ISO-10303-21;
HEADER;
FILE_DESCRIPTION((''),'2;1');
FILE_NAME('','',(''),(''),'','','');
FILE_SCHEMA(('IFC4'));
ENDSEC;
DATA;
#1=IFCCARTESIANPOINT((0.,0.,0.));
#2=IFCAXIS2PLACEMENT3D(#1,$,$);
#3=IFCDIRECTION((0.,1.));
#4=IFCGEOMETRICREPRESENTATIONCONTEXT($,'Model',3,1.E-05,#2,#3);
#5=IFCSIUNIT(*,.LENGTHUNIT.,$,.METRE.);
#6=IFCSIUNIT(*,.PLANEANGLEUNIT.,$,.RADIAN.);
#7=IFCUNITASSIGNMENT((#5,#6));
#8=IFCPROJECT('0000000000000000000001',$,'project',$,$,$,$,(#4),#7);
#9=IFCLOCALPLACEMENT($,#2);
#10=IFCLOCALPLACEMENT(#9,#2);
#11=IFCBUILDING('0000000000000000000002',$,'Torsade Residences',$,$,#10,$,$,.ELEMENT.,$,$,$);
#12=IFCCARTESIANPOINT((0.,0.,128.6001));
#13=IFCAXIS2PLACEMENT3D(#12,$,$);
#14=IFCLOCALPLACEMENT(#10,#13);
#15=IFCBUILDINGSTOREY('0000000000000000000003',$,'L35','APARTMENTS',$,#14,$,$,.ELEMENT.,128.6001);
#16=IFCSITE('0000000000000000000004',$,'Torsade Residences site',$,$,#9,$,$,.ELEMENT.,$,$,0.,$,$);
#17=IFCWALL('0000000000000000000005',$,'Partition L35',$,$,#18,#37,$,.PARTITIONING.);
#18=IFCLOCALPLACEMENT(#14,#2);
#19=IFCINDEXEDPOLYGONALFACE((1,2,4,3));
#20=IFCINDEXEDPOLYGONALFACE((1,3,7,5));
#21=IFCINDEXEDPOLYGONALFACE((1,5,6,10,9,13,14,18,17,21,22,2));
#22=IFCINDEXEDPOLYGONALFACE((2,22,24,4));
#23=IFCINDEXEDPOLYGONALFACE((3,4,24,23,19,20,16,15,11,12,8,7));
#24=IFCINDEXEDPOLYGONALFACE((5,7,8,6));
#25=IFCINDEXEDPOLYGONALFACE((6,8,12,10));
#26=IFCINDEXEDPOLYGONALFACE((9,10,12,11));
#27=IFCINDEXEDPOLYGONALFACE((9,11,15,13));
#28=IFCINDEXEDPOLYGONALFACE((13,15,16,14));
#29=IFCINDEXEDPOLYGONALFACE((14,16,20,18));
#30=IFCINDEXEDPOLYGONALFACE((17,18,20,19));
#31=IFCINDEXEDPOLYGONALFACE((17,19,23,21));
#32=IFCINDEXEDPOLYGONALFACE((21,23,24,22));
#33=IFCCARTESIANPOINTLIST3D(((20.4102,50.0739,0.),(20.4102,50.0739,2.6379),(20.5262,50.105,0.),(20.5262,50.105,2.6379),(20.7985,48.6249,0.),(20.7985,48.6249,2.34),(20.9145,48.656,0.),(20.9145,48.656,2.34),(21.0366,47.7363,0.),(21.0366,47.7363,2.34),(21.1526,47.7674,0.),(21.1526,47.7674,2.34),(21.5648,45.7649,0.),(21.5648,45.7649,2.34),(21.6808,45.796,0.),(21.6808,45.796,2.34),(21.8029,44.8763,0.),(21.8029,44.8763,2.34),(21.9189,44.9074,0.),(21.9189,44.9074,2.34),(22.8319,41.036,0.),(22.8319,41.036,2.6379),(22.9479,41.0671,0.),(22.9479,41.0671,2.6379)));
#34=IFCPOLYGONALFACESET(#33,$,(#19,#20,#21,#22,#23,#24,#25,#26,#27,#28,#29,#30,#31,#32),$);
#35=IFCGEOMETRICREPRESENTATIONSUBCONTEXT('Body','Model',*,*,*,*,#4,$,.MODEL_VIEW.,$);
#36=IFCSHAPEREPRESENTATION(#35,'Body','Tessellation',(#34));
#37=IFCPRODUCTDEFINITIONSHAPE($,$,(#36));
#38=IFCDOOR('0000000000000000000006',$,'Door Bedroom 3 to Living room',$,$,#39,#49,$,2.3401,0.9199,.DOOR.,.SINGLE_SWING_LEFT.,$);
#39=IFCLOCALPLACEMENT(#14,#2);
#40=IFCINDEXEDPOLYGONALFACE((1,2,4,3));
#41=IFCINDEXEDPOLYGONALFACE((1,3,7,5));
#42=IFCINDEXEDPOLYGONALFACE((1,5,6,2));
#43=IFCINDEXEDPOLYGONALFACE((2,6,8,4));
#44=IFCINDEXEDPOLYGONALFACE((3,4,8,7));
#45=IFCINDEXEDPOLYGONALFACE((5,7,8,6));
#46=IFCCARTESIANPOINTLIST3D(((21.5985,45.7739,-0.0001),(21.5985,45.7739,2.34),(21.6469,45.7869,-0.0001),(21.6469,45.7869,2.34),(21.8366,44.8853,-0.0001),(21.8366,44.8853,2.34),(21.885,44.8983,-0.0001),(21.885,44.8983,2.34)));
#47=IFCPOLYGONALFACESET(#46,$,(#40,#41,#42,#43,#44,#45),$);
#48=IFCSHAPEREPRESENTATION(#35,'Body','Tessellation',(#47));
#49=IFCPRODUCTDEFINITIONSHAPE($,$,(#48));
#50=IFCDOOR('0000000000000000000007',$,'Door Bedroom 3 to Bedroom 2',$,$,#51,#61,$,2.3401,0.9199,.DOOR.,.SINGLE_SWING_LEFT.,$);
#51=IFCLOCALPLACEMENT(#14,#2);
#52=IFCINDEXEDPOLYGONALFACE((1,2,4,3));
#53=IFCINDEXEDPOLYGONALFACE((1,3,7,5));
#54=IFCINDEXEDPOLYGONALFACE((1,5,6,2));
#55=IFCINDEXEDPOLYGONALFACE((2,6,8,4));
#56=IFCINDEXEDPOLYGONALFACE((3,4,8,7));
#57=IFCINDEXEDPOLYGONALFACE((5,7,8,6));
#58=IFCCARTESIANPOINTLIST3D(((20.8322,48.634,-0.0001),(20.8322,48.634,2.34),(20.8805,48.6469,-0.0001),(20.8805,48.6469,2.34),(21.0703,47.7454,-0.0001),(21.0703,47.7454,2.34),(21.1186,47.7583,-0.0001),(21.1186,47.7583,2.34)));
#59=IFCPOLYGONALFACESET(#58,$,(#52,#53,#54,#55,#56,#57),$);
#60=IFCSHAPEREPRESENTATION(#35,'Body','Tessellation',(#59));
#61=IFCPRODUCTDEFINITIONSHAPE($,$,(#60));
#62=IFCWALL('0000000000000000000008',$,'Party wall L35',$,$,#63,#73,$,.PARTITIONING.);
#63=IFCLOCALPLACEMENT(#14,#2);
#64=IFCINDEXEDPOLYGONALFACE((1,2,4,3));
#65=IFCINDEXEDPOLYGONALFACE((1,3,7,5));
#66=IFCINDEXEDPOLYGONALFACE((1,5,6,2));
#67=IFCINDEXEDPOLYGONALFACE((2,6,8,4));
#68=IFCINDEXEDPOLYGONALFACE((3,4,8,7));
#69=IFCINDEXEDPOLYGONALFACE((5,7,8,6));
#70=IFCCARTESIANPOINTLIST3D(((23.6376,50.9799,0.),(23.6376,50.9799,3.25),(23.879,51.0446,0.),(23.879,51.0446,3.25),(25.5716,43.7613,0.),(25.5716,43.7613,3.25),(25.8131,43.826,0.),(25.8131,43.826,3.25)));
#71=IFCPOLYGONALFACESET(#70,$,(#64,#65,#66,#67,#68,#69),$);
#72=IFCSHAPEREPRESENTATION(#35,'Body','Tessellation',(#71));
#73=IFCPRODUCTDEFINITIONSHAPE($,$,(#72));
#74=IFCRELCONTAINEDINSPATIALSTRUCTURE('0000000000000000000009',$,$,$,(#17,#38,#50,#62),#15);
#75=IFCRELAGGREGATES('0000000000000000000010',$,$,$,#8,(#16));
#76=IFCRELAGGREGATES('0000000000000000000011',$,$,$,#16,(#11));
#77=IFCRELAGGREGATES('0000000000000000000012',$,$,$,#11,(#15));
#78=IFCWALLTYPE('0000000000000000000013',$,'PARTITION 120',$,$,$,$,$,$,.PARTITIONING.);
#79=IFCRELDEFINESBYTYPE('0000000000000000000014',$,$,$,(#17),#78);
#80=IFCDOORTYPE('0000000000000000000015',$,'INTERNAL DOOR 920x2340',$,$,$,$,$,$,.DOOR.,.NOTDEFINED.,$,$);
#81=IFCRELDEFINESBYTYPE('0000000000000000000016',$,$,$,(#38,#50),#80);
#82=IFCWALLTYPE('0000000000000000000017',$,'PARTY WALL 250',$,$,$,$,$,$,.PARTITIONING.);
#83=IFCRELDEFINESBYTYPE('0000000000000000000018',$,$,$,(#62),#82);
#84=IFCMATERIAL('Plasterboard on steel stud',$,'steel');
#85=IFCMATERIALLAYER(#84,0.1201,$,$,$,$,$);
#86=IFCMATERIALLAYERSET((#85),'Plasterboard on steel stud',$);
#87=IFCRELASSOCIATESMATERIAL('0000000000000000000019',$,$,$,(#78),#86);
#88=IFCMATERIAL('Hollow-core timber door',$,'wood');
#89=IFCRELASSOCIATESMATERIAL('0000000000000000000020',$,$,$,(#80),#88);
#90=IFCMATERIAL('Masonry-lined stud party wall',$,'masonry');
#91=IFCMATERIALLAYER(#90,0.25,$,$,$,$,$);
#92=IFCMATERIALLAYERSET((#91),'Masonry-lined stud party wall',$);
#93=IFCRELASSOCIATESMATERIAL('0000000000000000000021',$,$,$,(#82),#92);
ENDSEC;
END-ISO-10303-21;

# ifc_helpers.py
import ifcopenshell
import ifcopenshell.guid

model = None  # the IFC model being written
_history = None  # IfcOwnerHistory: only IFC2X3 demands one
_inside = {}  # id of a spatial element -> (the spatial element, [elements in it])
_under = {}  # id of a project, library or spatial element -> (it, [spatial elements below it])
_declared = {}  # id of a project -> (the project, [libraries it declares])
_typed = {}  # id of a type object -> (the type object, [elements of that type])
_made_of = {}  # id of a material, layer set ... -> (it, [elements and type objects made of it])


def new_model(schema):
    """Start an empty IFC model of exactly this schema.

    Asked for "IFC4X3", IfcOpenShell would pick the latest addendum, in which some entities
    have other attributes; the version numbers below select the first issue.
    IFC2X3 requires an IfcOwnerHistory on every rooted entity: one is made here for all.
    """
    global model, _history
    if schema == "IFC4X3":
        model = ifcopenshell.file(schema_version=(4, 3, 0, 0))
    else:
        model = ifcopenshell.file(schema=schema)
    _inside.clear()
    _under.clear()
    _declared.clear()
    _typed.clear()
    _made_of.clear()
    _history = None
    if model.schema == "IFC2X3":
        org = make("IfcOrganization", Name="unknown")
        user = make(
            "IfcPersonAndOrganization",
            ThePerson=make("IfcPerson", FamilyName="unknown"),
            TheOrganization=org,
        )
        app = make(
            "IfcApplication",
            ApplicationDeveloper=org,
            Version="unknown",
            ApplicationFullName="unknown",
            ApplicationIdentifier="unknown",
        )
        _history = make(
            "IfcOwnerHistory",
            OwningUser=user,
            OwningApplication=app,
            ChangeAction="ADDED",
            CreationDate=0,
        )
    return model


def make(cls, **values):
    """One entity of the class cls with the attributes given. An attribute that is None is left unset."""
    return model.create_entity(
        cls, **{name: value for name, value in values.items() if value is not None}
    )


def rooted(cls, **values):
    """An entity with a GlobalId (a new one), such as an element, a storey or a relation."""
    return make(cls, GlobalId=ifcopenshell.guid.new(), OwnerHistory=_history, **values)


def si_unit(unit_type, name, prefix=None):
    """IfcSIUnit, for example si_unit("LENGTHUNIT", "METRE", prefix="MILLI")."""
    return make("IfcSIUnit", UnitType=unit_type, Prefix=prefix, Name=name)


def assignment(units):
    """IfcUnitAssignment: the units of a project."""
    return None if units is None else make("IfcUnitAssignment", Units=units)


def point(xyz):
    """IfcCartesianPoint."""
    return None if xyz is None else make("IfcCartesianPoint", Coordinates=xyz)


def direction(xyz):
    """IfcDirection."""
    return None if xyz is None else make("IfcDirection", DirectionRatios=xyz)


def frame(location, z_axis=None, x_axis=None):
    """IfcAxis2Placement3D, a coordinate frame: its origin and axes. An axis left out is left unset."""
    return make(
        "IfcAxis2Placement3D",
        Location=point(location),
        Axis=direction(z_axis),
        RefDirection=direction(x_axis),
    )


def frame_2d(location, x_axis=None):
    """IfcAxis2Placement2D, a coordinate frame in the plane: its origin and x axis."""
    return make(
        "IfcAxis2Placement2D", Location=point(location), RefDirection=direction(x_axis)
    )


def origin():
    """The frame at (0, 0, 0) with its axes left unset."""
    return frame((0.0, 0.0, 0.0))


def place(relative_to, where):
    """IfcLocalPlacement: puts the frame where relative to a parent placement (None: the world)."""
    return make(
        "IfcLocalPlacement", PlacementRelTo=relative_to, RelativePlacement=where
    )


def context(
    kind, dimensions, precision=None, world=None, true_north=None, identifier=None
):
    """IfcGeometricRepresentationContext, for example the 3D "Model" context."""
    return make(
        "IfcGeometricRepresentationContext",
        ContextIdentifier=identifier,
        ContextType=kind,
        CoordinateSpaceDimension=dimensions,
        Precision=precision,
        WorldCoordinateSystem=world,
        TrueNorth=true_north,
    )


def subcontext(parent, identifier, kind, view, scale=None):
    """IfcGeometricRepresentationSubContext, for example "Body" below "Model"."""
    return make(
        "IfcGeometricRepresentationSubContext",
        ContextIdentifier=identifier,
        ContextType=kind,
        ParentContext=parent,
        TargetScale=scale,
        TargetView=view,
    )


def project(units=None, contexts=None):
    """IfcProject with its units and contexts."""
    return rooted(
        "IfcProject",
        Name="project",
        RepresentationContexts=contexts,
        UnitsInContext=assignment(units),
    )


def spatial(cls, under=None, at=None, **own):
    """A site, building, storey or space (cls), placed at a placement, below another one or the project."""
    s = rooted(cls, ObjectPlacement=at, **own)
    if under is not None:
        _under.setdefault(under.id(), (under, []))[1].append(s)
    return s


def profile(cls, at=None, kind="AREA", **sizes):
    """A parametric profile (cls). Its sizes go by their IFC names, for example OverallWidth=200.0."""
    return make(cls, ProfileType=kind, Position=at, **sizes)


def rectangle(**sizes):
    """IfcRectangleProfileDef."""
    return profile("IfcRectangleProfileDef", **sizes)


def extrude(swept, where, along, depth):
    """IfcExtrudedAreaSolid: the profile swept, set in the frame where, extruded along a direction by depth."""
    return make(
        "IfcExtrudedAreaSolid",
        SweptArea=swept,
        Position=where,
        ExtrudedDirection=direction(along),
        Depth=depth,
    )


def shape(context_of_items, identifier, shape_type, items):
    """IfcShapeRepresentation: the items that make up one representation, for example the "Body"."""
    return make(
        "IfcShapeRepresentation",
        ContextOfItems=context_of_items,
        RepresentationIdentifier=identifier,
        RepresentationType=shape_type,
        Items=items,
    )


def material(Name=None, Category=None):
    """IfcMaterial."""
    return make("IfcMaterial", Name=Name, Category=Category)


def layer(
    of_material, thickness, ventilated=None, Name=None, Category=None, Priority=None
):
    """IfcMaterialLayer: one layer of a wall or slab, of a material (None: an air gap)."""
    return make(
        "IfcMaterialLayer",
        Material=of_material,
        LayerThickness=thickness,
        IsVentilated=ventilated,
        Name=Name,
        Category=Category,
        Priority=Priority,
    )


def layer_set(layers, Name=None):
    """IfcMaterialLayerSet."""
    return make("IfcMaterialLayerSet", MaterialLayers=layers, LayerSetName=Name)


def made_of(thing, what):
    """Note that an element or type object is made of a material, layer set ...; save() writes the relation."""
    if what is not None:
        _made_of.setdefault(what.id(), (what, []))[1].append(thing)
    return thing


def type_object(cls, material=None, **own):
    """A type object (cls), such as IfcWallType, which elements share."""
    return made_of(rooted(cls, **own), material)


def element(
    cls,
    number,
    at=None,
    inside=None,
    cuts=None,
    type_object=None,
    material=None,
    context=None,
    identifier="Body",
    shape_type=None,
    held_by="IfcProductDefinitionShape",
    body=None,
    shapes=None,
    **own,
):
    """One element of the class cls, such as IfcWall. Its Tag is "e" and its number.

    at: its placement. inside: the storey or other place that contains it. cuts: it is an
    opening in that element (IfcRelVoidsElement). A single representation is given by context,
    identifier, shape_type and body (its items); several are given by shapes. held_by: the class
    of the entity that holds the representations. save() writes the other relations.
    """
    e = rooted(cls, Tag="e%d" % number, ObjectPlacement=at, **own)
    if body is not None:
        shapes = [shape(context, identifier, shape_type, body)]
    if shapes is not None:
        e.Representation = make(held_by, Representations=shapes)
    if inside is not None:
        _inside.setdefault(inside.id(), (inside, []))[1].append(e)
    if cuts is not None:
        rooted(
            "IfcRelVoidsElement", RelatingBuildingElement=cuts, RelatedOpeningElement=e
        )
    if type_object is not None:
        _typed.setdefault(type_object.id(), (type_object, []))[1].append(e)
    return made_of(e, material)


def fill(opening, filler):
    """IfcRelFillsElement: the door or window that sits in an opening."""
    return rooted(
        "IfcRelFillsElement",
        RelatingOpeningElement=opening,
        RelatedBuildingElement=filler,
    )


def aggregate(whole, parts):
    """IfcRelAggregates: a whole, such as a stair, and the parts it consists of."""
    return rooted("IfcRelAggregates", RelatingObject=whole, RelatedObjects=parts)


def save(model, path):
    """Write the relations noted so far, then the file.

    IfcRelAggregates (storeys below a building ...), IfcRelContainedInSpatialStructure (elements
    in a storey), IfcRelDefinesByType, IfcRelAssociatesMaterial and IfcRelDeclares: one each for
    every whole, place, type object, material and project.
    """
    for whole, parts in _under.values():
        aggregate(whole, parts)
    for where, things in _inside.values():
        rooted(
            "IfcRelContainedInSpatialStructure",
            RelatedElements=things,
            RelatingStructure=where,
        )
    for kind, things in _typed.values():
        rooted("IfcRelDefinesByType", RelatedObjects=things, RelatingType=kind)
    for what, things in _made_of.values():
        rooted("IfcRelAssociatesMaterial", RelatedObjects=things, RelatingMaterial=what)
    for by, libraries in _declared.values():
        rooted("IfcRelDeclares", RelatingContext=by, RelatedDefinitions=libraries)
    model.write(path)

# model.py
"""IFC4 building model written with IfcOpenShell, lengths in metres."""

from ifc_helpers import new_model, si_unit, direction, frame, frame_2d, origin, place, context, subcontext, project, spatial, rectangle, extrude, material, layer, layer_set, type_object, element, fill, save


model = new_model("IFC4")

# Units and contexts
model_context = context("Model", 3, precision=1e-05, world=origin(), true_north=direction((0.0, 1.0)))
body_context = subcontext(model_context, "Body", "Model", "MODEL_VIEW")
ifc_project = project(units=[si_unit("LENGTHUNIT", "METRE"), si_unit("PLANEANGLEUNIT", "RADIAN")], contexts=[model_context])

# Site, building, storey
site_placement = place(None, origin())
site = spatial("IfcSite", under=ifc_project, at=site_placement, Name="Torsade Residences site", CompositionType="ELEMENT", RefElevation=0.0)
building_placement = place(site_placement, origin())
building = spatial("IfcBuilding", under=site, at=building_placement, Name="Torsade Residences", CompositionType="ELEMENT")
storey_placement = place(building_placement, frame((0.0, 0.0, 128.6001)))
storey = spatial("IfcBuildingStorey", under=building, at=storey_placement, Name="L35", Description="APARTMENTS", CompositionType="ELEMENT", Elevation=128.6001)

# Wall, openings, doors
ifc_material_1 = material(Name="Plasterboard on steel stud", Category="steel")
ifc_layer_1 = layer(ifc_material_1, 0.1201)
ifc_layer_set_1 = layer_set([ifc_layer_1], Name="Plasterboard on steel stud")
wall_type_1 = type_object("IfcWallType", Name="PARTITION 120", PredefinedType="PARTITIONING", material=ifc_layer_set_1)
ifc_material_2 = material(Name="Hollow-core timber door", Category="wood")
door_type_1 = type_object("IfcDoorType", Name="INTERNAL DOOR 920x2340", OperationType="NOTDEFINED", PredefinedType="DOOR", material=ifc_material_2)
wall_1_placement = place(storey_placement, frame((20.4683, 50.0894, 0.0), z_axis=(0.0, 0.0, 1.0), x_axis=(0.258814, -0.965927, 0.0)))
wall_1 = element("IfcWall", 1, at=wall_1_placement, inside=storey, type_object=wall_type_1, Name="Partition L35", PredefinedType="PARTITIONING", context=body_context, shape_type="SweptSolid", body=[
    extrude(rectangle(XDim=9.3567, YDim=0.1201, at=frame_2d((4.6782, 0.0))), origin(), (0.0, 0.0, 1.0), 2.6379),
])
opening_1_placement = place(wall_1_placement, frame((4.4609, 0.0, 0.0)))
opening_1 = element("IfcOpeningElement", 2, at=opening_1_placement, cuts=wall_1, PredefinedType="OPENING", context=body_context, shape_type="SweptSolid", body=[
    extrude(rectangle(XDim=0.9199, YDim=2.3401, at=frame_2d((0.46, 1.1699))), frame((0.0, 0.0701, 0.0), z_axis=(0.0, -1.0, 0.0), x_axis=(1.0, 0.0, 0.0)), (0.0, 0.0, 1.0), 0.1401),
])
opening_2_placement = place(wall_1_placement, frame((1.5, 0.0, 0.0)))
opening_2 = element("IfcOpeningElement", 3, at=opening_2_placement, cuts=wall_1, PredefinedType="OPENING", context=body_context, shape_type="SweptSolid", body=[
    extrude(rectangle(XDim=0.9199, YDim=2.3401, at=frame_2d((0.46, 1.1699))), frame((0.0, 0.0701, 0.0), z_axis=(0.0, -1.0, 0.0), x_axis=(1.0, 0.0, 0.0)), (0.0, 0.0, 1.0), 0.1401),
])
door_1_placement = place(opening_1_placement, origin())
door_1 = element("IfcDoor", 4, at=door_1_placement, inside=storey, type_object=door_type_1, Name="Door Bedroom 3 to Living room", OperationType="SINGLE_SWING_LEFT", OverallHeight=2.3401, OverallWidth=0.9199, PredefinedType="DOOR", context=body_context, shape_type="SweptSolid", body=[
    extrude(rectangle(XDim=0.9199, YDim=2.3401, at=frame_2d((0.46, 1.1699))), frame((0.0, 0.0249, 0.0), z_axis=(0.0, -1.0, 0.0), x_axis=(1.0, 0.0, 0.0)), (0.0, 0.0, 1.0), 0.05),
])
fill(opening_1, door_1)
door_2_placement = place(opening_2_placement, origin())
door_2 = element("IfcDoor", 5, at=door_2_placement, inside=storey, type_object=door_type_1, Name="Door Bedroom 3 to Bedroom 2", OperationType="SINGLE_SWING_LEFT", OverallHeight=2.3401, OverallWidth=0.9199, PredefinedType="DOOR", context=body_context, shape_type="SweptSolid", body=[
    extrude(rectangle(XDim=0.9199, YDim=2.3401, at=frame_2d((0.46, 1.1699))), frame((0.0, 0.0249, 0.0), z_axis=(0.0, -1.0, 0.0), x_axis=(1.0, 0.0, 0.0)), (0.0, 0.0, 1.0), 0.05),
])
fill(opening_2, door_2)

# Wall
ifc_material_3 = material(Name="Masonry-lined stud party wall", Category="masonry")
ifc_layer_2 = layer(ifc_material_3, 0.25)
ifc_layer_set_2 = layer_set([ifc_layer_2], Name="Masonry-lined stud party wall")
wall_type_2 = type_object("IfcWallType", Name="PARTY WALL 250", PredefinedType="PARTITIONING", material=ifc_layer_set_2)
wall_2_placement = place(storey_placement, frame((23.7583, 51.0122, 0.0), z_axis=(0.0, 0.0, 1.0), x_axis=(0.258805, -0.96593, 0.0)))
element("IfcWall", 6, at=wall_2_placement, inside=storey, type_object=wall_type_2, Name="Party wall L35", PredefinedType="PARTITIONING", context=body_context, shape_type="SweptSolid", body=[
    extrude(rectangle(XDim=7.4731, YDim=0.25, at=frame_2d((3.7366, 0.0))), origin(), (0.0, 0.0, 1.0), 3.25),
])

save(model, "model.ifc")
